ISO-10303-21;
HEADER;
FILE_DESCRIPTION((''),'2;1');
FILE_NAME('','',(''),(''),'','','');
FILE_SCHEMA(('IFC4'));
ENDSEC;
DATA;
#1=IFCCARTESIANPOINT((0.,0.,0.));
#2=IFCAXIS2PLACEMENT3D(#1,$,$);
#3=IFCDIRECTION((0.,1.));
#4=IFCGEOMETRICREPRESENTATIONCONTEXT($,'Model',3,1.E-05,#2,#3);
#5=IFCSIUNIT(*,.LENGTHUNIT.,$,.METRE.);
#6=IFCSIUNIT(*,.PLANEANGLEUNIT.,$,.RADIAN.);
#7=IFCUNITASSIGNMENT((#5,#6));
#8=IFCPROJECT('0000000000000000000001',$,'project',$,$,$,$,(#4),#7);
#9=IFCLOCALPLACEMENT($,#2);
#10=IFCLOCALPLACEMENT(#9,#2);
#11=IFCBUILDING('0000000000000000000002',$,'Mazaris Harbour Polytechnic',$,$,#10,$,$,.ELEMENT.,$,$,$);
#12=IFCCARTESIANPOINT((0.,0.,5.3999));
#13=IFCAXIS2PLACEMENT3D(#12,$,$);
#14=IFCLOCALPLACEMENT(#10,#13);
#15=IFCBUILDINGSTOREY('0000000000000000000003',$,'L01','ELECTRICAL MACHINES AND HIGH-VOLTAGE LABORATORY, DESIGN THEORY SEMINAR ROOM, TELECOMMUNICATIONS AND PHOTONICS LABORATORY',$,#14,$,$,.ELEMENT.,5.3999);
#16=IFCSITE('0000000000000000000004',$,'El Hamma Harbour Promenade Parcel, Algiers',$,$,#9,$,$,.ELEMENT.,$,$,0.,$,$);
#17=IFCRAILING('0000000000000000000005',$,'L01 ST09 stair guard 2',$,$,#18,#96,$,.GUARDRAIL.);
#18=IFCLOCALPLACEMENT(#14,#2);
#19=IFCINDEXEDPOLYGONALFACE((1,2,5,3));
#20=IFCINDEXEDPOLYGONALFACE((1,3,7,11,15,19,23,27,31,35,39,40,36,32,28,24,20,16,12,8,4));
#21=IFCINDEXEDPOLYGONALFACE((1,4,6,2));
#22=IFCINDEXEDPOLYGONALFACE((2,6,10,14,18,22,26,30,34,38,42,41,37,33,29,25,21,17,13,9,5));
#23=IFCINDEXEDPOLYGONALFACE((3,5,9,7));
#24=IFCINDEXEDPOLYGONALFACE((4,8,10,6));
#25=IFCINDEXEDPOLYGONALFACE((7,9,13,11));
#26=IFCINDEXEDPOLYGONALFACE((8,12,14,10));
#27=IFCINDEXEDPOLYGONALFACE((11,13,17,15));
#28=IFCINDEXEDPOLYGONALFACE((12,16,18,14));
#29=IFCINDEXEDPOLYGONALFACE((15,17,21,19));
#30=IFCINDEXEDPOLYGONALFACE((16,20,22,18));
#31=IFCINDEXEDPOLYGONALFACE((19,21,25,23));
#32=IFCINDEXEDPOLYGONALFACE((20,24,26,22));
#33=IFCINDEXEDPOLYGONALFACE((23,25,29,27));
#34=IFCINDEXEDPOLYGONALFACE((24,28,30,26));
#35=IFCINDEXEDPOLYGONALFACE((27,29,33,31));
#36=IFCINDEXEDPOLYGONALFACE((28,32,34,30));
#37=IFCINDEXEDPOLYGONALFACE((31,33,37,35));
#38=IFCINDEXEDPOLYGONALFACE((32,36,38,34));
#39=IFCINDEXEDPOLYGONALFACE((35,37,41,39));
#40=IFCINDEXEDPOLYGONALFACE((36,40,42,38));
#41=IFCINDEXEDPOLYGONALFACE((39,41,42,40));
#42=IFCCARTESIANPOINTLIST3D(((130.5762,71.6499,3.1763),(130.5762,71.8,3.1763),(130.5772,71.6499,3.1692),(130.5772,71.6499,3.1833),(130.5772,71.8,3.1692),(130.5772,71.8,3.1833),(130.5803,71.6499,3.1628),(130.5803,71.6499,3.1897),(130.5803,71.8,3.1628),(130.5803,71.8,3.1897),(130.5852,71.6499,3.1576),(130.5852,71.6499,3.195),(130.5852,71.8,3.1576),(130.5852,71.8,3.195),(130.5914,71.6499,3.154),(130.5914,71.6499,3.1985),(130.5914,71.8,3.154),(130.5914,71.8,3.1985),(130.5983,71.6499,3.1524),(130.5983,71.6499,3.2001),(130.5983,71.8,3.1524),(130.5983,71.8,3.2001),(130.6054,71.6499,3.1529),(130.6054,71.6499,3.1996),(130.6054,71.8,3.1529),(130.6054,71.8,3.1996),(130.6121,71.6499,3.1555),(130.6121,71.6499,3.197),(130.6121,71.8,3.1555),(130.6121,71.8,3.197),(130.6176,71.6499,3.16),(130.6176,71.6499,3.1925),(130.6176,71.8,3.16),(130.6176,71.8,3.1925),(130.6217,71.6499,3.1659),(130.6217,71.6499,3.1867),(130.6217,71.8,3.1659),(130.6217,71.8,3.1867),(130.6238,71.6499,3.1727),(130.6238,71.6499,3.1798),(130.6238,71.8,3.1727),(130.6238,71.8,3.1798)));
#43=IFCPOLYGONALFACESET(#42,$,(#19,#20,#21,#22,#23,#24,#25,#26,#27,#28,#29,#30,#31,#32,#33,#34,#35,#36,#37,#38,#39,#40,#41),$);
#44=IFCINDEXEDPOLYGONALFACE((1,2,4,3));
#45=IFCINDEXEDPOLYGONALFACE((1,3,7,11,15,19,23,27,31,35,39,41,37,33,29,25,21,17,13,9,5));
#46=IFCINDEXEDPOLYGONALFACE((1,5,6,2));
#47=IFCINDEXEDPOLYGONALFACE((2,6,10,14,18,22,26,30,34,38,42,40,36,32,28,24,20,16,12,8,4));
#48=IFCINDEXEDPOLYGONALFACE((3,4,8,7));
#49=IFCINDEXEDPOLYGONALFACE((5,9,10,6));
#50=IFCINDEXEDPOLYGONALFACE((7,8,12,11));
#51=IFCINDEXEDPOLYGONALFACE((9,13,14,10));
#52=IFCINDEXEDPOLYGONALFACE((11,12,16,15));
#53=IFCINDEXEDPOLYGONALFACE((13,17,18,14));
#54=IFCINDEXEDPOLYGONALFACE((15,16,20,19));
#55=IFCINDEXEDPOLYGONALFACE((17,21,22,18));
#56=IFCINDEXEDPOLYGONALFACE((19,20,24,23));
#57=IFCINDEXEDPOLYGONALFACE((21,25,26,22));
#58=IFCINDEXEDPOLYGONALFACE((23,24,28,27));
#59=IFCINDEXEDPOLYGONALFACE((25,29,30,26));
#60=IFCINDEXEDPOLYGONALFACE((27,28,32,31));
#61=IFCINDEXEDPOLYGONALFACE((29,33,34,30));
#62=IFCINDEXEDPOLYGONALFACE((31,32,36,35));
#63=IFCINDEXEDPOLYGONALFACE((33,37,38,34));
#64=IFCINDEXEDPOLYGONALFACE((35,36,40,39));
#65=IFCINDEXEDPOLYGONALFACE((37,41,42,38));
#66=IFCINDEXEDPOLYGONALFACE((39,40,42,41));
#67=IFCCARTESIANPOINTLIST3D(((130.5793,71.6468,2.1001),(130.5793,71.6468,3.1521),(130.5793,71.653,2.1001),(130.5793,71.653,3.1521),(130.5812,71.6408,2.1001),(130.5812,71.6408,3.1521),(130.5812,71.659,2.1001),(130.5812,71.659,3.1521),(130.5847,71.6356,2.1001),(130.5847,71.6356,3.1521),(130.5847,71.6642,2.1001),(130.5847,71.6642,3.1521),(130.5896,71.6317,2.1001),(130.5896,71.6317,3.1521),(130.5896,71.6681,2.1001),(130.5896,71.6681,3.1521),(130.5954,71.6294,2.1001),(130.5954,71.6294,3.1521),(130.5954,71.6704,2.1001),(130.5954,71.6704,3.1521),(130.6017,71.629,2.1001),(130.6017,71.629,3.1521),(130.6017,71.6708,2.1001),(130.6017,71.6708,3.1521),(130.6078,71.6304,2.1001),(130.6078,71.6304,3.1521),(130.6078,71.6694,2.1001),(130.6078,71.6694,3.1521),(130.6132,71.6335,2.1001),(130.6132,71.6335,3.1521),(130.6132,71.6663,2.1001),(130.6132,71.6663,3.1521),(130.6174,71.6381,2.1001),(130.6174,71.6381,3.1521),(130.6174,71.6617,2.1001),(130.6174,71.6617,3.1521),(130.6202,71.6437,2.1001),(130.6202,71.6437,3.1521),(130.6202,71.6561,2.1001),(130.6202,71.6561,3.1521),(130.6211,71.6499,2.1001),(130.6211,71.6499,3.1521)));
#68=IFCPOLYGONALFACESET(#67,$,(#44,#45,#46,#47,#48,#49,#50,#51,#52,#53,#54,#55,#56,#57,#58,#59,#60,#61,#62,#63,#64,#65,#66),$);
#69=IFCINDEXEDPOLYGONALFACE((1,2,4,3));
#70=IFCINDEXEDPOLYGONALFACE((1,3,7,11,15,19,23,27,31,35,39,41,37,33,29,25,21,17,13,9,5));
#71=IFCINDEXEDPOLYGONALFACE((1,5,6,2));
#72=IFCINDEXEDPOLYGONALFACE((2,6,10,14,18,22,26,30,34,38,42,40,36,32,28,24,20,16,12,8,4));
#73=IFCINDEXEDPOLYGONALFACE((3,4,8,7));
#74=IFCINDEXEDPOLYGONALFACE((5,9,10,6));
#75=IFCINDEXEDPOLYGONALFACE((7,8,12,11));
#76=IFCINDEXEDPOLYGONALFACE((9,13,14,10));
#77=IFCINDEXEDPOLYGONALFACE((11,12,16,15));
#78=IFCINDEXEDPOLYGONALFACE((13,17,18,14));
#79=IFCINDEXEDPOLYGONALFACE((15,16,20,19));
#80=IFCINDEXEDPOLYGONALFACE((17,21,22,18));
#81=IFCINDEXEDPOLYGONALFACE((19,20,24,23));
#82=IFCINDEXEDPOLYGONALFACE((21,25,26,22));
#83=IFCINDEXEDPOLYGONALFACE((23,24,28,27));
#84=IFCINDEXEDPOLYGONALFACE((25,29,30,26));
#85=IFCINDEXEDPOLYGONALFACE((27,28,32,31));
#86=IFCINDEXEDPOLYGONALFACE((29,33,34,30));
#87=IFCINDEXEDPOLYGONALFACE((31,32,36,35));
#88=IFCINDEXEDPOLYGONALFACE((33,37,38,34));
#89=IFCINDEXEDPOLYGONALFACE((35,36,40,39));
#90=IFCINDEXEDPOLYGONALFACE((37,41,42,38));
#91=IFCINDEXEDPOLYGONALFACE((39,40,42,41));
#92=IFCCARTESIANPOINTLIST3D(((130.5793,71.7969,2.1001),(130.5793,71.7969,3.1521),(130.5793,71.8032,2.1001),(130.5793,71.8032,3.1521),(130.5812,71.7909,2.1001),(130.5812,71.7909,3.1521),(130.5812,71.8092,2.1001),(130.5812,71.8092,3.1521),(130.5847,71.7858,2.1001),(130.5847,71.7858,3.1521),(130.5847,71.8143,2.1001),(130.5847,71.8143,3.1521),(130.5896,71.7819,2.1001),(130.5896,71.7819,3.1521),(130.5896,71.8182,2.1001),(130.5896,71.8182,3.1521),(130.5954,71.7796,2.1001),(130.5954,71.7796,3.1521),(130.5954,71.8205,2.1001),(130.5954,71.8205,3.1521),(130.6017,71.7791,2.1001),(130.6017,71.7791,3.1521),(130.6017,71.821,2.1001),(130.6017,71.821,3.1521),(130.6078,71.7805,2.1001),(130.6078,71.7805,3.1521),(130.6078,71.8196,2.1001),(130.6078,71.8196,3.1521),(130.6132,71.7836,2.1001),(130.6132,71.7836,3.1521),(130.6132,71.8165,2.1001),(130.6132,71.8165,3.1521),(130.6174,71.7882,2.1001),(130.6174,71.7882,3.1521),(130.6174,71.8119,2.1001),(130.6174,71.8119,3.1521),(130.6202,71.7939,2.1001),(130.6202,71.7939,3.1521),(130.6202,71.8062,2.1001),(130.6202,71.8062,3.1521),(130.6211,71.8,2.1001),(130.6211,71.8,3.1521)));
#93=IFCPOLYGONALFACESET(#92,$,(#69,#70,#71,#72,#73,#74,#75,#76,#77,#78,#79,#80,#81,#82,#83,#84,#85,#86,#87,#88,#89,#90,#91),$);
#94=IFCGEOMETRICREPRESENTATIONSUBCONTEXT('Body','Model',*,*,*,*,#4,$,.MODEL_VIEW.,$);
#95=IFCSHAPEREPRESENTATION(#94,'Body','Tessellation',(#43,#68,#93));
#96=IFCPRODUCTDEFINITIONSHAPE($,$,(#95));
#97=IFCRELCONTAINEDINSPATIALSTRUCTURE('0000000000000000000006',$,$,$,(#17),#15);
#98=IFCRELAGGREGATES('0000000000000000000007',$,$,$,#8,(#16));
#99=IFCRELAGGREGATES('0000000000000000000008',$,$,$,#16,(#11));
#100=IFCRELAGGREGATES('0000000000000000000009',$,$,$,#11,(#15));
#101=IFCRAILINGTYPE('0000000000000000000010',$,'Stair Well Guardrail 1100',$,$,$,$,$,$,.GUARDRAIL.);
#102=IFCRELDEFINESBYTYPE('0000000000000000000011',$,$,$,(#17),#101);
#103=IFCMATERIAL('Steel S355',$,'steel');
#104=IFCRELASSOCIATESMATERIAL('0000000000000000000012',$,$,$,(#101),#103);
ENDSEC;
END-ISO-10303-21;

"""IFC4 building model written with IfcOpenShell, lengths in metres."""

from ifc_helpers import new_model, si_unit, direction, frame, origin, origin_2d, place, context, subcontext, project, spatial, circle, extrude, material, type_object, element, save


model = new_model("IFC4")

# Units and contexts
model_context = context("Model", 3, precision=1e-05, world=origin(), true_north=direction((0.0, 1.0)))
body_context = subcontext(model_context, "Body", "Model", "MODEL_VIEW")
ifc_project = project(units=[si_unit("LENGTHUNIT", "METRE"), si_unit("PLANEANGLEUNIT", "RADIAN")], contexts=[model_context])

# Site, building, storey
site_placement = place(None, origin())
site = spatial("IfcSite", under=ifc_project, at=site_placement, Name="El Hamma Harbour Promenade Parcel, Algiers", CompositionType="ELEMENT", RefElevation=0.0)
building_placement = place(site_placement, origin())
building = spatial("IfcBuilding", under=site, at=building_placement, Name="Mazaris Harbour Polytechnic", CompositionType="ELEMENT")
storey_placement = place(building_placement, frame((0.0, 0.0, 5.3999)))
storey = spatial("IfcBuildingStorey", under=building, at=storey_placement, Name="L01", Description="ELECTRICAL MACHINES AND HIGH-VOLTAGE LABORATORY, DESIGN THEORY SEMINAR ROOM, TELECOMMUNICATIONS AND PHOTONICS LABORATORY", CompositionType="ELEMENT", Elevation=5.3999)

# Railing
ifc_material_1 = material(Name="Steel S355", Category="steel")
railing_type_1 = type_object("IfcRailingType", Name="Stair Well Guardrail 1100", PredefinedType="GUARDRAIL", material=ifc_material_1)
railing_1_placement = place(storey_placement, frame((130.6001, 71.6499, 2.1001)))
element("IfcRailing", 1, at=railing_1_placement, inside=storey, type_object=railing_type_1, Name="L01 ST09 stair guard 2", PredefinedType="GUARDRAIL", context=body_context, shape_type="SweptSolid", body=[
    extrude(circle(Radius=0.0239, at=origin_2d()), frame((0.0, 0.0, 1.0762), z_axis=(0.0, 1.0, 0.0), x_axis=(-1.0, 0.0, 0.0)), (0.0, 0.0, 1.0), 0.1501),
    extrude(circle(Radius=0.021, at=origin_2d()), origin(), (0.0, 0.0, 1.0), 1.052),
    extrude(circle(Radius=0.021, at=origin_2d()), frame((0.0, 0.1501, 0.0)), (0.0, 0.0, 1.0), 1.052),
])

save(model, "model.ifc")
